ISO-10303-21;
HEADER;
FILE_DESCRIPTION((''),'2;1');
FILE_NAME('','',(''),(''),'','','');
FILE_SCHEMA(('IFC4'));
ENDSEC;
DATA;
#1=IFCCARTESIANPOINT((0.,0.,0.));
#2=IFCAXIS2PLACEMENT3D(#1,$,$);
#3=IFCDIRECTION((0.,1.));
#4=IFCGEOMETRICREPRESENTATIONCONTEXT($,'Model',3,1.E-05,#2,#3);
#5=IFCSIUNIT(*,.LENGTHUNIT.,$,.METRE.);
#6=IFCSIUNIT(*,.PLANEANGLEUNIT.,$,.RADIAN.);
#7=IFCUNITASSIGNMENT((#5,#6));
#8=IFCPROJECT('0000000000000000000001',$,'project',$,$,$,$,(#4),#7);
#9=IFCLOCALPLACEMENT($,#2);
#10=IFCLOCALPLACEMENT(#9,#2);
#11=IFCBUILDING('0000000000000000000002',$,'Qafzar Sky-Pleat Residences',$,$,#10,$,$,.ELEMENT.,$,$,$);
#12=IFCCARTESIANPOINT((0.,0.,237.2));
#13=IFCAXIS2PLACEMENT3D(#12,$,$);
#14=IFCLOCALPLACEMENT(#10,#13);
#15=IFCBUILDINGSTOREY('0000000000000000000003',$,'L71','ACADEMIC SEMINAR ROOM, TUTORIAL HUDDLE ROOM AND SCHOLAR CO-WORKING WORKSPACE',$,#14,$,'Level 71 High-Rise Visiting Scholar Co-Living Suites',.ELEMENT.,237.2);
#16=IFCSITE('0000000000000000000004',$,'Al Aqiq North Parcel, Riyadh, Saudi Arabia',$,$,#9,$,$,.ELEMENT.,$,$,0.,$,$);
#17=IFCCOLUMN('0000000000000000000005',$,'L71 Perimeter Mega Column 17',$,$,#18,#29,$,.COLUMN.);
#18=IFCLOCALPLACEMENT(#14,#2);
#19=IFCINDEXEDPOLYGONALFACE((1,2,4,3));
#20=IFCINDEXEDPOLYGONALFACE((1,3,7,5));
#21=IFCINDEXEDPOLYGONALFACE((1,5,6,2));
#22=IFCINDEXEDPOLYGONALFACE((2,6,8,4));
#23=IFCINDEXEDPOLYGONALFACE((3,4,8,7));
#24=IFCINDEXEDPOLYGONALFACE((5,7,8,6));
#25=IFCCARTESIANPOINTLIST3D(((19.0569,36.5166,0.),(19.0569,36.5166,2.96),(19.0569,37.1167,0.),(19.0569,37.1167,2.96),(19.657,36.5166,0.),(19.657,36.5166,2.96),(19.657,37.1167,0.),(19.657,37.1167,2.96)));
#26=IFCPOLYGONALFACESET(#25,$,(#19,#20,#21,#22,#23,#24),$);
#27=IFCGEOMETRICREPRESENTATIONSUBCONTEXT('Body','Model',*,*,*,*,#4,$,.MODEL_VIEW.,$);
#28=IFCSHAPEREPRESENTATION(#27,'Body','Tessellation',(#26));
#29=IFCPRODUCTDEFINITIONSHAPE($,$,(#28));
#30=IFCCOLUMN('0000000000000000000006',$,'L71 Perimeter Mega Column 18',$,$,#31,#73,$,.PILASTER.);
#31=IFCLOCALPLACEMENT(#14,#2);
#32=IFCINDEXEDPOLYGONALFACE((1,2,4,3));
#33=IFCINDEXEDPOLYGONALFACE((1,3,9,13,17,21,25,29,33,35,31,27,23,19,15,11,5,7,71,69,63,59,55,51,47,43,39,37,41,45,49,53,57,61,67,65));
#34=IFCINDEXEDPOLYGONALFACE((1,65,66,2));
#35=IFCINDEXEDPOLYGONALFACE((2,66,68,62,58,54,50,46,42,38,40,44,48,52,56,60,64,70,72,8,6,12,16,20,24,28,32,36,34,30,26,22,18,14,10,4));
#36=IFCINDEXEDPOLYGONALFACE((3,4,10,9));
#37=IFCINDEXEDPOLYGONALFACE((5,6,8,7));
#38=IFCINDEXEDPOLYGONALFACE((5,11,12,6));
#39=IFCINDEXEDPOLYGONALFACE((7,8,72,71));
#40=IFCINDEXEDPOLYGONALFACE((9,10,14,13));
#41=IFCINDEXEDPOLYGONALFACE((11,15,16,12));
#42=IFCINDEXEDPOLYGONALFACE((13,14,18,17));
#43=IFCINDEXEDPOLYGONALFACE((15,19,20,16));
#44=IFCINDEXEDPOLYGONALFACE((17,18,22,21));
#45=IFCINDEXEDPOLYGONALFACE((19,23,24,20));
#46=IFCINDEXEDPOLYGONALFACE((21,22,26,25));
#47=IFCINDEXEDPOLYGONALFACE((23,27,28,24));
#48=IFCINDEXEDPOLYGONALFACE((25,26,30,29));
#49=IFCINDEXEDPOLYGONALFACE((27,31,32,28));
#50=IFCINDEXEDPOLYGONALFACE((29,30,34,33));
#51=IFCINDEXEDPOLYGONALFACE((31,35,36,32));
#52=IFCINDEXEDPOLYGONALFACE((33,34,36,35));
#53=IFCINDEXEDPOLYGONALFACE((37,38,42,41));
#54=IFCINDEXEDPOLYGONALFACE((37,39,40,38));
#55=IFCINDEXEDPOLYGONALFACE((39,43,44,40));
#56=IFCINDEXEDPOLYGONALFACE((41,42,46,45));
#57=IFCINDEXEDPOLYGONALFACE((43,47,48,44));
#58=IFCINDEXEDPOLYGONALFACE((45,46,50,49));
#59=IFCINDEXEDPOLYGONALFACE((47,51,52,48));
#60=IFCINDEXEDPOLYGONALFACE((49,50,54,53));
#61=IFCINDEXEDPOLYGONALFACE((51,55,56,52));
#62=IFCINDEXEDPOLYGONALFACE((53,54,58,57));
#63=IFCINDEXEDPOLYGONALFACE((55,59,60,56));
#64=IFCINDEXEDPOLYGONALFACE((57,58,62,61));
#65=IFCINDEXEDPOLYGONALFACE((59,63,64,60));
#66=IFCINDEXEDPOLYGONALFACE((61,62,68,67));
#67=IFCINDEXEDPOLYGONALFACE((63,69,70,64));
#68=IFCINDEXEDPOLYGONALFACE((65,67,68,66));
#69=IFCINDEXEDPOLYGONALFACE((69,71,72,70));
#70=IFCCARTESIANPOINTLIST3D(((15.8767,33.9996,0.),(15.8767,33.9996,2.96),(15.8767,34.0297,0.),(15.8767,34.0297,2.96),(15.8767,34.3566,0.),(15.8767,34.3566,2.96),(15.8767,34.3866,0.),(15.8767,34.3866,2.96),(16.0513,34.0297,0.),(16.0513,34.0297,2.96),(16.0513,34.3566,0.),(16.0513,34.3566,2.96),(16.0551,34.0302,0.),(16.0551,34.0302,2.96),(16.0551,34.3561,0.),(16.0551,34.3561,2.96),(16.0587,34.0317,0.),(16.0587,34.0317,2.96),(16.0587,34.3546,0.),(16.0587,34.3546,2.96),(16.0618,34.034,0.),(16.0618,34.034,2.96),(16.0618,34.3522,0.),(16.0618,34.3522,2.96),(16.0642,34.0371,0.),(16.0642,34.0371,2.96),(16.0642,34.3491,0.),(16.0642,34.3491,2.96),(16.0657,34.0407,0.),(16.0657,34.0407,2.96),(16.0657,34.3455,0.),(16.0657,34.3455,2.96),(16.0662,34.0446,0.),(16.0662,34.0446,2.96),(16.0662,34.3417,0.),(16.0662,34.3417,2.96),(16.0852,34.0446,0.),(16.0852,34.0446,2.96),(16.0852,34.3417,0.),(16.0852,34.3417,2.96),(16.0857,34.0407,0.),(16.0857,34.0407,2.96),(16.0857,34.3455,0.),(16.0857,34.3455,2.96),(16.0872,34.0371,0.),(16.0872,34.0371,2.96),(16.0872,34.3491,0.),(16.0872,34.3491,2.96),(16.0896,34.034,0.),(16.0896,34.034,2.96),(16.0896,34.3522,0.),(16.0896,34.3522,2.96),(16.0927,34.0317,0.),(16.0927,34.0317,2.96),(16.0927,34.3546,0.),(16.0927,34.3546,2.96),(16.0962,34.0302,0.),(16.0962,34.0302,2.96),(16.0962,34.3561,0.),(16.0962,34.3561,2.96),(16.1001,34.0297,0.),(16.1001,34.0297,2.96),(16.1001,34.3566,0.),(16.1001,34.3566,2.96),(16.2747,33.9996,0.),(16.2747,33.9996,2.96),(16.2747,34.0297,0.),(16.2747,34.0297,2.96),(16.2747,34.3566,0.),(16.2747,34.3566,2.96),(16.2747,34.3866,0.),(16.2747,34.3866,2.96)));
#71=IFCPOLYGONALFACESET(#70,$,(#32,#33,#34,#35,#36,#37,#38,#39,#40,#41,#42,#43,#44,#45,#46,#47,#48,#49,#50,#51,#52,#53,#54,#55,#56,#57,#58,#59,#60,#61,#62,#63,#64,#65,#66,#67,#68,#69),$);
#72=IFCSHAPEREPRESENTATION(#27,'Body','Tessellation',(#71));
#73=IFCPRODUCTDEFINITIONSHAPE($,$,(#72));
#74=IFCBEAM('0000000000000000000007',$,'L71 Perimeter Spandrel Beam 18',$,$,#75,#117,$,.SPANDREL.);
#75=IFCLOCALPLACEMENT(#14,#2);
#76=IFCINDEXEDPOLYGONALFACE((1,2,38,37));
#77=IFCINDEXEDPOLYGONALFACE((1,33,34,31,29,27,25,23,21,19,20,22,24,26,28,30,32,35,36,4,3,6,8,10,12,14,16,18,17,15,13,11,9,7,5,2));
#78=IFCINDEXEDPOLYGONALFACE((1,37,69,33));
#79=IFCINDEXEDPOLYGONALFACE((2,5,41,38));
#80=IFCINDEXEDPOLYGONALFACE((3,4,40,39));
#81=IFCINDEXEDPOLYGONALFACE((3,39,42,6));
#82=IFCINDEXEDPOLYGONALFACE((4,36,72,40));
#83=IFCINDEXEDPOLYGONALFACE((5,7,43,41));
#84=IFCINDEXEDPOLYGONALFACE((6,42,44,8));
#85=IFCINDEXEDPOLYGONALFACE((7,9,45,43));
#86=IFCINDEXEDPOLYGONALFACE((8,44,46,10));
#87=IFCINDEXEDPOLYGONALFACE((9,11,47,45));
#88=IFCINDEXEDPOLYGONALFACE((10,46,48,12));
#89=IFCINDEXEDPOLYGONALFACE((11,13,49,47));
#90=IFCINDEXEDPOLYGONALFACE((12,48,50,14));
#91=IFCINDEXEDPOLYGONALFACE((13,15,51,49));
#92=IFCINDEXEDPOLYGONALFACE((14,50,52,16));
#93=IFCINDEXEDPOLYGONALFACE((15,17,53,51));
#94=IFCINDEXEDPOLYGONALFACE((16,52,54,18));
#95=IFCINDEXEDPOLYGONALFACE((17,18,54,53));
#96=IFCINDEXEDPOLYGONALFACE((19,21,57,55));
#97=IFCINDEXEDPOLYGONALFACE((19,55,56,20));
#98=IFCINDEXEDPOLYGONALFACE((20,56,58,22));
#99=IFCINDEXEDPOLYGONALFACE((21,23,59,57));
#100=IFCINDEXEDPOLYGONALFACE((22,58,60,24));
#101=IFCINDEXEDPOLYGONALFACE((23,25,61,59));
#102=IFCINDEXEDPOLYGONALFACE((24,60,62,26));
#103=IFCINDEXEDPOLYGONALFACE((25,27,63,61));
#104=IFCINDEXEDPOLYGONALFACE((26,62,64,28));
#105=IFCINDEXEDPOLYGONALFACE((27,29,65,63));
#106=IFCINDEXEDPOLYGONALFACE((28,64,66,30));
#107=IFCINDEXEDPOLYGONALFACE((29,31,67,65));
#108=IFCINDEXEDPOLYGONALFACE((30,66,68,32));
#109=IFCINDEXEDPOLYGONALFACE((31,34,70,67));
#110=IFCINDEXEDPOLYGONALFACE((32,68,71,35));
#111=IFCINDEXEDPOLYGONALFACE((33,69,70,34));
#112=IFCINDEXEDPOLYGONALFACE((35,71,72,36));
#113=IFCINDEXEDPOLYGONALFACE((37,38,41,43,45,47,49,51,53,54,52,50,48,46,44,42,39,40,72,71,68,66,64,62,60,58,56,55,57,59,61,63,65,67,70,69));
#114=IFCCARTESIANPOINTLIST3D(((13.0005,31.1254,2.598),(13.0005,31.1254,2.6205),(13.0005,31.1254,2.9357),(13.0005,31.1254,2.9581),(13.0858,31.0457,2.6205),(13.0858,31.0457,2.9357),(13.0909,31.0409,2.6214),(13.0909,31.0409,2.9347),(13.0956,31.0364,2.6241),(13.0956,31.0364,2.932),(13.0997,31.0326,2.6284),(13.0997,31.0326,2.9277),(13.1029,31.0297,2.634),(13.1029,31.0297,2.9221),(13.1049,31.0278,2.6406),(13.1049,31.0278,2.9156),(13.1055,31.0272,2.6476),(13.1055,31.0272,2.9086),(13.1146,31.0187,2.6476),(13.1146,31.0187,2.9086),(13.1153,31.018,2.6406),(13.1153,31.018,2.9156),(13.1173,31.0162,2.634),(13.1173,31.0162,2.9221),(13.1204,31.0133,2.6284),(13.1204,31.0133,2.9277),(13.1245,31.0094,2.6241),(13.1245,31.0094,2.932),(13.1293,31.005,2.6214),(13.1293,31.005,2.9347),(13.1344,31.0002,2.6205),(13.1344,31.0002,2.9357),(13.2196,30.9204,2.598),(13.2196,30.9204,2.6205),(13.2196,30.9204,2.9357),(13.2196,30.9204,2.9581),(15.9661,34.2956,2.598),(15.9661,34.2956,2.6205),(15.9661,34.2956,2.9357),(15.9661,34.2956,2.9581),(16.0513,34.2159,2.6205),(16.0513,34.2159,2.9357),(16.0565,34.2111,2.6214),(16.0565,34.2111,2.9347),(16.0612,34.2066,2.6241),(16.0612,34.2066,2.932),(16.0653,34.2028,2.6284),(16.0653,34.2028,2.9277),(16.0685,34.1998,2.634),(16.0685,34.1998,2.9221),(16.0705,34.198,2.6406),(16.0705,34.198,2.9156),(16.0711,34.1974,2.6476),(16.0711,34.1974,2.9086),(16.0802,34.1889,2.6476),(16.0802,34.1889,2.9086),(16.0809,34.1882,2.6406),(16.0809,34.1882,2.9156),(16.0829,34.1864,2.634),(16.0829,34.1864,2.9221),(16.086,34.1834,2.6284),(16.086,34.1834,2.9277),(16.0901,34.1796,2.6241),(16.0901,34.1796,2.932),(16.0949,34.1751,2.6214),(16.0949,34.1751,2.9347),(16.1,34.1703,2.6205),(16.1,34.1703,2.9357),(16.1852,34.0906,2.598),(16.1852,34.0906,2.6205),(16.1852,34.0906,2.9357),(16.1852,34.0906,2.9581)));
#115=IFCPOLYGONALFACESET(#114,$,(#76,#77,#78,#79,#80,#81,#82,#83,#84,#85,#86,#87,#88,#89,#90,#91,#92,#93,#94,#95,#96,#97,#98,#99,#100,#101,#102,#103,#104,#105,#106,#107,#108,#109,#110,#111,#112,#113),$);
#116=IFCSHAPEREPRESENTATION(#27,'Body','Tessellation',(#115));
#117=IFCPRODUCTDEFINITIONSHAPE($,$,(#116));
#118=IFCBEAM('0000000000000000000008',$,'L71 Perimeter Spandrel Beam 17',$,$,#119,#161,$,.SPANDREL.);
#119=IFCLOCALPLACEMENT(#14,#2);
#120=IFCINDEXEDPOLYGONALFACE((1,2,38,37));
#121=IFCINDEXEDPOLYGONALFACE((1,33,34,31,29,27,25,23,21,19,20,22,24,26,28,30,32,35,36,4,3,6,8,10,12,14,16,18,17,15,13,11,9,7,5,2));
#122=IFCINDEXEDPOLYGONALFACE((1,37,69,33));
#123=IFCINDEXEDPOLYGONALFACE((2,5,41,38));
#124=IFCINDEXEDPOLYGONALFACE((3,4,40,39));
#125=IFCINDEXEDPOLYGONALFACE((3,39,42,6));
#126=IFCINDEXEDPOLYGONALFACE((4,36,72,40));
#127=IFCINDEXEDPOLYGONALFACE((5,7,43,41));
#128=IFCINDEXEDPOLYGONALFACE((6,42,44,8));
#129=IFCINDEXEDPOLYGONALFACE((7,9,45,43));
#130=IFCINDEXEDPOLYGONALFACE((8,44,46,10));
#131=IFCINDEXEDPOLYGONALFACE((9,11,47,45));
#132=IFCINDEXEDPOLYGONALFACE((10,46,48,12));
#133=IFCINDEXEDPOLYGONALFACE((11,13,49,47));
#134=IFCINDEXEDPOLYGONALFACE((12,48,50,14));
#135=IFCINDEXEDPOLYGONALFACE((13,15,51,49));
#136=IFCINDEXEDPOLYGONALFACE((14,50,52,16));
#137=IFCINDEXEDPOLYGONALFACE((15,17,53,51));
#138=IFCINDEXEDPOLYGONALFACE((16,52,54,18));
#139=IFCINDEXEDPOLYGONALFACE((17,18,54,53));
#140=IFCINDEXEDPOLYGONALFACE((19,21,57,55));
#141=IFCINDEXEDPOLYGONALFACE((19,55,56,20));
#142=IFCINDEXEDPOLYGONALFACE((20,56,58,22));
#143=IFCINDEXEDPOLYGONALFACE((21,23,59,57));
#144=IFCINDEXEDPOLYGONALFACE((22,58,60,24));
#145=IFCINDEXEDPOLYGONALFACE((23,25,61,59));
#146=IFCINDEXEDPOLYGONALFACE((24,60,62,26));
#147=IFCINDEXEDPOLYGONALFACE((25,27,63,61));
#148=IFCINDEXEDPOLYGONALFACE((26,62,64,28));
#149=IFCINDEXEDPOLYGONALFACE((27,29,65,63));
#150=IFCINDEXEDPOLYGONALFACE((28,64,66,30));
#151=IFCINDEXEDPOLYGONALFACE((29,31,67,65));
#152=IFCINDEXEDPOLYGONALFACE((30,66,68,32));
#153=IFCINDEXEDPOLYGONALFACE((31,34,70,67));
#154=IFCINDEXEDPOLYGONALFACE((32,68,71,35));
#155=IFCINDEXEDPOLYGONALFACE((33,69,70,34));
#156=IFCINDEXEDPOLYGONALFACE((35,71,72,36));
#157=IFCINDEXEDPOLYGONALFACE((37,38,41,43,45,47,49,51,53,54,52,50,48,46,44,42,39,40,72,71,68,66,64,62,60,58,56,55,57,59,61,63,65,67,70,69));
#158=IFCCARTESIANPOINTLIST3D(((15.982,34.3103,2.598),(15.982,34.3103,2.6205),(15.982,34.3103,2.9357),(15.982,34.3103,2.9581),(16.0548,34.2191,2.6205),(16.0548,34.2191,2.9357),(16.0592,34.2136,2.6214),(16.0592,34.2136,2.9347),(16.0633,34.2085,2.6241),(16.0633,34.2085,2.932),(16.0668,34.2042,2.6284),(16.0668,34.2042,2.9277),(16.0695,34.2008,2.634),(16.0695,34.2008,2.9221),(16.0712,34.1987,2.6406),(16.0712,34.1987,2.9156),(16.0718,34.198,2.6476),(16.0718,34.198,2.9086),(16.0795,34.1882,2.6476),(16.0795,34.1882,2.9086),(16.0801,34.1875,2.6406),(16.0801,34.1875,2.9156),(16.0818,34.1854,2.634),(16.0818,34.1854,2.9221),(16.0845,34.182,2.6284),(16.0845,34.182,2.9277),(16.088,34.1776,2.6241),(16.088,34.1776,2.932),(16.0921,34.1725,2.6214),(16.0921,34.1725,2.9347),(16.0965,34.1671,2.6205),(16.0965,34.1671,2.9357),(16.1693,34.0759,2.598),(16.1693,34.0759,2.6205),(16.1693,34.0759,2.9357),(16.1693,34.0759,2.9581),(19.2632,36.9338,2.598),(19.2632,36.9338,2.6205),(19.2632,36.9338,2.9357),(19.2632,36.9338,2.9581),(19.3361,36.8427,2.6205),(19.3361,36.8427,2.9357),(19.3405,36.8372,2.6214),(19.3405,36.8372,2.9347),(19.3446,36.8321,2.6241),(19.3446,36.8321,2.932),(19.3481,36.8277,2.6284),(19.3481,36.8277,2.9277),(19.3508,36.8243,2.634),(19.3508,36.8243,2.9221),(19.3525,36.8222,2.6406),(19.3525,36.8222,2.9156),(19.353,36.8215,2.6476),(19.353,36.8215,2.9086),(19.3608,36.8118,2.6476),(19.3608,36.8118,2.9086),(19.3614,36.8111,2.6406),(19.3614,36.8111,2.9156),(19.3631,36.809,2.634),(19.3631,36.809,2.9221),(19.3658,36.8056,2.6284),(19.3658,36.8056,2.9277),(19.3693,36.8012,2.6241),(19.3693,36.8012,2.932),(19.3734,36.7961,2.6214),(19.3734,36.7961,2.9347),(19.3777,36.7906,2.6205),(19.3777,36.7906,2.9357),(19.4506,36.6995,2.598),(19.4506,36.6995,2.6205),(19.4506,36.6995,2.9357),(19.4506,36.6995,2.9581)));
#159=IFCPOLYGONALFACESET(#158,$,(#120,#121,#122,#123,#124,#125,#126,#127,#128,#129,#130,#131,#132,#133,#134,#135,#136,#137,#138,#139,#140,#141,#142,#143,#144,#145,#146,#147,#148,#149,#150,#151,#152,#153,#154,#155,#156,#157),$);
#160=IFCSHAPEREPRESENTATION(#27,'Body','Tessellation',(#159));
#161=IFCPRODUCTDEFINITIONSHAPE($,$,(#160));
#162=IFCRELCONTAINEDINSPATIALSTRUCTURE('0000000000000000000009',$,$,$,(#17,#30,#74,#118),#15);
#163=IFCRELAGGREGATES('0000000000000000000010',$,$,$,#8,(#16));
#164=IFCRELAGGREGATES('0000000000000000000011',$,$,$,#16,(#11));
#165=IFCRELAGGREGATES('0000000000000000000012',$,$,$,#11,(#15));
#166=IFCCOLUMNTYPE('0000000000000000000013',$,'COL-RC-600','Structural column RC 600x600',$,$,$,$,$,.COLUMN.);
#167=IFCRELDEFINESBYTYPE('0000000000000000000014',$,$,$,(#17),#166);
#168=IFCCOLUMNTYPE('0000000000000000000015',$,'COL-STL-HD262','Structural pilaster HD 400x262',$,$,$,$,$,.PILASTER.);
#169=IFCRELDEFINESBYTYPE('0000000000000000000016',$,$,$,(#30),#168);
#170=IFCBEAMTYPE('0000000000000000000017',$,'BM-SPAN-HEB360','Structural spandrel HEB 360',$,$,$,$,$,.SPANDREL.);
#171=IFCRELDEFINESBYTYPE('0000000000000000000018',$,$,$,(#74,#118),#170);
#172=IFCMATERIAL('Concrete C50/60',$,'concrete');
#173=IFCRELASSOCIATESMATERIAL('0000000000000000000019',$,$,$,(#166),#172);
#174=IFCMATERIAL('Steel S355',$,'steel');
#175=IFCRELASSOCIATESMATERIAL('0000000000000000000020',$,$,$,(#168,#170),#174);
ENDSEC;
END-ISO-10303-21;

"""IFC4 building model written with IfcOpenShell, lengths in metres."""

from ifc_helpers import new_model, si_unit, direction, frame, origin, origin_2d, place, context, subcontext, project, spatial, rectangle, i_section, extrude, source, transform, mapped, material, material_profile, profile_set, type_object, element, save


model = new_model("IFC4")

# Units and contexts
model_context = context("Model", 3, precision=1e-05, world=origin(), true_north=direction((0.0, 1.0)))
body_context = subcontext(model_context, "Body", "Model", "MODEL_VIEW")
ifc_project = project(units=[si_unit("LENGTHUNIT", "METRE"), si_unit("PLANEANGLEUNIT", "RADIAN")], contexts=[model_context])

# Site, building, storey
site_placement = place(None, origin())
site = spatial("IfcSite", under=ifc_project, at=site_placement, Name="Al Aqiq North Parcel, Riyadh, Saudi Arabia", CompositionType="ELEMENT", RefElevation=0.0)
building_placement = place(site_placement, origin())
building = spatial("IfcBuilding", under=site, at=building_placement, Name="Qafzar Sky-Pleat Residences", CompositionType="ELEMENT")
storey_placement = place(building_placement, frame((0.0, 0.0, 237.2)))
storey = spatial("IfcBuildingStorey", under=building, at=storey_placement, Name="L71", Description="ACADEMIC SEMINAR ROOM, TUTORIAL HUDDLE ROOM AND SCHOLAR CO-WORKING WORKSPACE", LongName="Level 71 High-Rise Visiting Scholar Co-Living Suites", CompositionType="ELEMENT", Elevation=237.2)

# Columns
ifc_material_1 = material(Name="Concrete C50/60", Category="concrete")
ifc_material_profile_1 = material_profile(ifc_material_1, rectangle(XDim=0.6001, YDim=0.6001, at=origin_2d()), Name="RC 600x600")
ifc_profile_set_1 = profile_set([ifc_material_profile_1], Name="Concrete C50/60")
column_type_1 = type_object("IfcColumnType", Name="COL-RC-600", Description="Structural column RC 600x600", PredefinedType="COLUMN", material=ifc_profile_set_1)
shared_shape_1 = source(origin(), body_context, "Body", "SweptSolid", [
    extrude(rectangle(XDim=0.6001, YDim=0.6001, at=origin_2d()), origin(), (0.0, 0.0, 1.0), 2.96),
])
column_1_placement = place(storey_placement, frame((19.3569, 36.8167, 0.0), z_axis=(0.0, 0.0, 1.0), x_axis=(1.0, 0.0, 0.0)))
element("IfcColumn", 1, at=column_1_placement, inside=storey, type_object=column_type_1, Name="L71 Perimeter Mega Column 17", PredefinedType="COLUMN", context=body_context, shape_type="MappedRepresentation", body=[
    mapped(shared_shape_1, transform((0.0, 0.0, 0.0), x_axis=(1.0, 0.0, 0.0), y_axis=(0.0, 1.0, 0.0), z_axis=(0.0, 0.0, 1.0), scale=1.0)),
])
ifc_material_2 = material(Name="Steel S355", Category="steel")
ifc_material_profile_2 = material_profile(ifc_material_2, i_section(OverallWidth=0.3979, OverallDepth=0.387, WebThickness=0.019, FlangeThickness=0.03, FilletRadius=0.0149, at=origin_2d()), Name="HD 400x262")
ifc_profile_set_2 = profile_set([ifc_material_profile_2], Name="Steel S355")
column_type_2 = type_object("IfcColumnType", Name="COL-STL-HD262", Description="Structural pilaster HD 400x262", PredefinedType="PILASTER", material=ifc_profile_set_2)
shared_shape_2 = source(origin(), body_context, "Body", "SweptSolid", [
    extrude(i_section(OverallWidth=0.3979, OverallDepth=0.387, WebThickness=0.019, FlangeThickness=0.03, FilletRadius=0.0149, at=origin_2d()), origin(), (0.0, 0.0, 1.0), 2.96),
])
column_2_placement = place(storey_placement, frame((16.0757, 34.1931, 0.0), z_axis=(0.0, 0.0, 1.0), x_axis=(1.0, 0.0, 0.0)))
element("IfcColumn", 2, at=column_2_placement, inside=storey, type_object=column_type_2, Name="L71 Perimeter Mega Column 18", PredefinedType="PILASTER", context=body_context, shape_type="MappedRepresentation", body=[
    mapped(shared_shape_2, transform((0.0, 0.0, 0.0), x_axis=(1.0, 0.0, 0.0), y_axis=(0.0, 1.0, 0.0), z_axis=(0.0, 0.0, 1.0), scale=1.0)),
])

# Beams
ifc_material_profile_3 = material_profile(ifc_material_2, i_section(OverallWidth=0.3, OverallDepth=0.3601, WebThickness=0.0125, FlangeThickness=0.0225, FilletRadius=0.0271, at=origin_2d()), Name="HEB 360")
ifc_profile_set_3 = profile_set([ifc_material_profile_3], Name="Steel S355")
beam_type_1 = type_object("IfcBeamType", Name="BM-SPAN-HEB360", Description="Structural spandrel HEB 360", PredefinedType="SPANDREL", material=ifc_profile_set_3)
shared_shape_3 = source(origin(), body_context, "Body", "SweptSolid", [
    extrude(i_section(OverallWidth=0.3, OverallDepth=0.3601, WebThickness=0.0125, FlangeThickness=0.0225, FilletRadius=0.0271, at=origin_2d()), origin(), (0.0, 0.0, 1.0), 4.3411),
])
beam_1_placement = place(storey_placement, frame((16.0757, 34.1931, 2.7781), z_axis=(-0.683149, -0.730279, 0.0), x_axis=(0.730279, -0.683149, 0.0)))
element("IfcBeam", 3, at=beam_1_placement, inside=storey, type_object=beam_type_1, Name="L71 Perimeter Spandrel Beam 18", PredefinedType="SPANDREL", context=body_context, shape_type="MappedRepresentation", body=[
    mapped(shared_shape_3, transform((0.0, 0.0, 0.0), x_axis=(1.0, 0.0, 0.0), y_axis=(0.0, 1.0, 0.0), z_axis=(0.0, 0.0, 1.0), scale=1.0)),
])
shared_shape_4 = source(origin(), body_context, "Body", "SweptSolid", [
    extrude(i_section(OverallWidth=0.3, OverallDepth=0.3601, WebThickness=0.0125, FlangeThickness=0.0225, FilletRadius=0.0271, at=origin_2d()), origin(), (0.0, 0.0, 1.0), 4.2012),
])
beam_2_placement = place(storey_placement, frame((19.3569, 36.8167, 2.7781), z_axis=(-0.781039, -0.624482, 0.0), x_axis=(0.624482, -0.781039, 0.0)))
element("IfcBeam", 4, at=beam_2_placement, inside=storey, type_object=beam_type_1, Name="L71 Perimeter Spandrel Beam 17", PredefinedType="SPANDREL", context=body_context, shape_type="MappedRepresentation", body=[
    mapped(shared_shape_4, transform((0.0, 0.0, 0.0), x_axis=(1.0, 0.0, 0.0), y_axis=(0.0, 1.0, 0.0), z_axis=(0.0, 0.0, 1.0), scale=1.0)),
])

save(model, "model.ifc")
